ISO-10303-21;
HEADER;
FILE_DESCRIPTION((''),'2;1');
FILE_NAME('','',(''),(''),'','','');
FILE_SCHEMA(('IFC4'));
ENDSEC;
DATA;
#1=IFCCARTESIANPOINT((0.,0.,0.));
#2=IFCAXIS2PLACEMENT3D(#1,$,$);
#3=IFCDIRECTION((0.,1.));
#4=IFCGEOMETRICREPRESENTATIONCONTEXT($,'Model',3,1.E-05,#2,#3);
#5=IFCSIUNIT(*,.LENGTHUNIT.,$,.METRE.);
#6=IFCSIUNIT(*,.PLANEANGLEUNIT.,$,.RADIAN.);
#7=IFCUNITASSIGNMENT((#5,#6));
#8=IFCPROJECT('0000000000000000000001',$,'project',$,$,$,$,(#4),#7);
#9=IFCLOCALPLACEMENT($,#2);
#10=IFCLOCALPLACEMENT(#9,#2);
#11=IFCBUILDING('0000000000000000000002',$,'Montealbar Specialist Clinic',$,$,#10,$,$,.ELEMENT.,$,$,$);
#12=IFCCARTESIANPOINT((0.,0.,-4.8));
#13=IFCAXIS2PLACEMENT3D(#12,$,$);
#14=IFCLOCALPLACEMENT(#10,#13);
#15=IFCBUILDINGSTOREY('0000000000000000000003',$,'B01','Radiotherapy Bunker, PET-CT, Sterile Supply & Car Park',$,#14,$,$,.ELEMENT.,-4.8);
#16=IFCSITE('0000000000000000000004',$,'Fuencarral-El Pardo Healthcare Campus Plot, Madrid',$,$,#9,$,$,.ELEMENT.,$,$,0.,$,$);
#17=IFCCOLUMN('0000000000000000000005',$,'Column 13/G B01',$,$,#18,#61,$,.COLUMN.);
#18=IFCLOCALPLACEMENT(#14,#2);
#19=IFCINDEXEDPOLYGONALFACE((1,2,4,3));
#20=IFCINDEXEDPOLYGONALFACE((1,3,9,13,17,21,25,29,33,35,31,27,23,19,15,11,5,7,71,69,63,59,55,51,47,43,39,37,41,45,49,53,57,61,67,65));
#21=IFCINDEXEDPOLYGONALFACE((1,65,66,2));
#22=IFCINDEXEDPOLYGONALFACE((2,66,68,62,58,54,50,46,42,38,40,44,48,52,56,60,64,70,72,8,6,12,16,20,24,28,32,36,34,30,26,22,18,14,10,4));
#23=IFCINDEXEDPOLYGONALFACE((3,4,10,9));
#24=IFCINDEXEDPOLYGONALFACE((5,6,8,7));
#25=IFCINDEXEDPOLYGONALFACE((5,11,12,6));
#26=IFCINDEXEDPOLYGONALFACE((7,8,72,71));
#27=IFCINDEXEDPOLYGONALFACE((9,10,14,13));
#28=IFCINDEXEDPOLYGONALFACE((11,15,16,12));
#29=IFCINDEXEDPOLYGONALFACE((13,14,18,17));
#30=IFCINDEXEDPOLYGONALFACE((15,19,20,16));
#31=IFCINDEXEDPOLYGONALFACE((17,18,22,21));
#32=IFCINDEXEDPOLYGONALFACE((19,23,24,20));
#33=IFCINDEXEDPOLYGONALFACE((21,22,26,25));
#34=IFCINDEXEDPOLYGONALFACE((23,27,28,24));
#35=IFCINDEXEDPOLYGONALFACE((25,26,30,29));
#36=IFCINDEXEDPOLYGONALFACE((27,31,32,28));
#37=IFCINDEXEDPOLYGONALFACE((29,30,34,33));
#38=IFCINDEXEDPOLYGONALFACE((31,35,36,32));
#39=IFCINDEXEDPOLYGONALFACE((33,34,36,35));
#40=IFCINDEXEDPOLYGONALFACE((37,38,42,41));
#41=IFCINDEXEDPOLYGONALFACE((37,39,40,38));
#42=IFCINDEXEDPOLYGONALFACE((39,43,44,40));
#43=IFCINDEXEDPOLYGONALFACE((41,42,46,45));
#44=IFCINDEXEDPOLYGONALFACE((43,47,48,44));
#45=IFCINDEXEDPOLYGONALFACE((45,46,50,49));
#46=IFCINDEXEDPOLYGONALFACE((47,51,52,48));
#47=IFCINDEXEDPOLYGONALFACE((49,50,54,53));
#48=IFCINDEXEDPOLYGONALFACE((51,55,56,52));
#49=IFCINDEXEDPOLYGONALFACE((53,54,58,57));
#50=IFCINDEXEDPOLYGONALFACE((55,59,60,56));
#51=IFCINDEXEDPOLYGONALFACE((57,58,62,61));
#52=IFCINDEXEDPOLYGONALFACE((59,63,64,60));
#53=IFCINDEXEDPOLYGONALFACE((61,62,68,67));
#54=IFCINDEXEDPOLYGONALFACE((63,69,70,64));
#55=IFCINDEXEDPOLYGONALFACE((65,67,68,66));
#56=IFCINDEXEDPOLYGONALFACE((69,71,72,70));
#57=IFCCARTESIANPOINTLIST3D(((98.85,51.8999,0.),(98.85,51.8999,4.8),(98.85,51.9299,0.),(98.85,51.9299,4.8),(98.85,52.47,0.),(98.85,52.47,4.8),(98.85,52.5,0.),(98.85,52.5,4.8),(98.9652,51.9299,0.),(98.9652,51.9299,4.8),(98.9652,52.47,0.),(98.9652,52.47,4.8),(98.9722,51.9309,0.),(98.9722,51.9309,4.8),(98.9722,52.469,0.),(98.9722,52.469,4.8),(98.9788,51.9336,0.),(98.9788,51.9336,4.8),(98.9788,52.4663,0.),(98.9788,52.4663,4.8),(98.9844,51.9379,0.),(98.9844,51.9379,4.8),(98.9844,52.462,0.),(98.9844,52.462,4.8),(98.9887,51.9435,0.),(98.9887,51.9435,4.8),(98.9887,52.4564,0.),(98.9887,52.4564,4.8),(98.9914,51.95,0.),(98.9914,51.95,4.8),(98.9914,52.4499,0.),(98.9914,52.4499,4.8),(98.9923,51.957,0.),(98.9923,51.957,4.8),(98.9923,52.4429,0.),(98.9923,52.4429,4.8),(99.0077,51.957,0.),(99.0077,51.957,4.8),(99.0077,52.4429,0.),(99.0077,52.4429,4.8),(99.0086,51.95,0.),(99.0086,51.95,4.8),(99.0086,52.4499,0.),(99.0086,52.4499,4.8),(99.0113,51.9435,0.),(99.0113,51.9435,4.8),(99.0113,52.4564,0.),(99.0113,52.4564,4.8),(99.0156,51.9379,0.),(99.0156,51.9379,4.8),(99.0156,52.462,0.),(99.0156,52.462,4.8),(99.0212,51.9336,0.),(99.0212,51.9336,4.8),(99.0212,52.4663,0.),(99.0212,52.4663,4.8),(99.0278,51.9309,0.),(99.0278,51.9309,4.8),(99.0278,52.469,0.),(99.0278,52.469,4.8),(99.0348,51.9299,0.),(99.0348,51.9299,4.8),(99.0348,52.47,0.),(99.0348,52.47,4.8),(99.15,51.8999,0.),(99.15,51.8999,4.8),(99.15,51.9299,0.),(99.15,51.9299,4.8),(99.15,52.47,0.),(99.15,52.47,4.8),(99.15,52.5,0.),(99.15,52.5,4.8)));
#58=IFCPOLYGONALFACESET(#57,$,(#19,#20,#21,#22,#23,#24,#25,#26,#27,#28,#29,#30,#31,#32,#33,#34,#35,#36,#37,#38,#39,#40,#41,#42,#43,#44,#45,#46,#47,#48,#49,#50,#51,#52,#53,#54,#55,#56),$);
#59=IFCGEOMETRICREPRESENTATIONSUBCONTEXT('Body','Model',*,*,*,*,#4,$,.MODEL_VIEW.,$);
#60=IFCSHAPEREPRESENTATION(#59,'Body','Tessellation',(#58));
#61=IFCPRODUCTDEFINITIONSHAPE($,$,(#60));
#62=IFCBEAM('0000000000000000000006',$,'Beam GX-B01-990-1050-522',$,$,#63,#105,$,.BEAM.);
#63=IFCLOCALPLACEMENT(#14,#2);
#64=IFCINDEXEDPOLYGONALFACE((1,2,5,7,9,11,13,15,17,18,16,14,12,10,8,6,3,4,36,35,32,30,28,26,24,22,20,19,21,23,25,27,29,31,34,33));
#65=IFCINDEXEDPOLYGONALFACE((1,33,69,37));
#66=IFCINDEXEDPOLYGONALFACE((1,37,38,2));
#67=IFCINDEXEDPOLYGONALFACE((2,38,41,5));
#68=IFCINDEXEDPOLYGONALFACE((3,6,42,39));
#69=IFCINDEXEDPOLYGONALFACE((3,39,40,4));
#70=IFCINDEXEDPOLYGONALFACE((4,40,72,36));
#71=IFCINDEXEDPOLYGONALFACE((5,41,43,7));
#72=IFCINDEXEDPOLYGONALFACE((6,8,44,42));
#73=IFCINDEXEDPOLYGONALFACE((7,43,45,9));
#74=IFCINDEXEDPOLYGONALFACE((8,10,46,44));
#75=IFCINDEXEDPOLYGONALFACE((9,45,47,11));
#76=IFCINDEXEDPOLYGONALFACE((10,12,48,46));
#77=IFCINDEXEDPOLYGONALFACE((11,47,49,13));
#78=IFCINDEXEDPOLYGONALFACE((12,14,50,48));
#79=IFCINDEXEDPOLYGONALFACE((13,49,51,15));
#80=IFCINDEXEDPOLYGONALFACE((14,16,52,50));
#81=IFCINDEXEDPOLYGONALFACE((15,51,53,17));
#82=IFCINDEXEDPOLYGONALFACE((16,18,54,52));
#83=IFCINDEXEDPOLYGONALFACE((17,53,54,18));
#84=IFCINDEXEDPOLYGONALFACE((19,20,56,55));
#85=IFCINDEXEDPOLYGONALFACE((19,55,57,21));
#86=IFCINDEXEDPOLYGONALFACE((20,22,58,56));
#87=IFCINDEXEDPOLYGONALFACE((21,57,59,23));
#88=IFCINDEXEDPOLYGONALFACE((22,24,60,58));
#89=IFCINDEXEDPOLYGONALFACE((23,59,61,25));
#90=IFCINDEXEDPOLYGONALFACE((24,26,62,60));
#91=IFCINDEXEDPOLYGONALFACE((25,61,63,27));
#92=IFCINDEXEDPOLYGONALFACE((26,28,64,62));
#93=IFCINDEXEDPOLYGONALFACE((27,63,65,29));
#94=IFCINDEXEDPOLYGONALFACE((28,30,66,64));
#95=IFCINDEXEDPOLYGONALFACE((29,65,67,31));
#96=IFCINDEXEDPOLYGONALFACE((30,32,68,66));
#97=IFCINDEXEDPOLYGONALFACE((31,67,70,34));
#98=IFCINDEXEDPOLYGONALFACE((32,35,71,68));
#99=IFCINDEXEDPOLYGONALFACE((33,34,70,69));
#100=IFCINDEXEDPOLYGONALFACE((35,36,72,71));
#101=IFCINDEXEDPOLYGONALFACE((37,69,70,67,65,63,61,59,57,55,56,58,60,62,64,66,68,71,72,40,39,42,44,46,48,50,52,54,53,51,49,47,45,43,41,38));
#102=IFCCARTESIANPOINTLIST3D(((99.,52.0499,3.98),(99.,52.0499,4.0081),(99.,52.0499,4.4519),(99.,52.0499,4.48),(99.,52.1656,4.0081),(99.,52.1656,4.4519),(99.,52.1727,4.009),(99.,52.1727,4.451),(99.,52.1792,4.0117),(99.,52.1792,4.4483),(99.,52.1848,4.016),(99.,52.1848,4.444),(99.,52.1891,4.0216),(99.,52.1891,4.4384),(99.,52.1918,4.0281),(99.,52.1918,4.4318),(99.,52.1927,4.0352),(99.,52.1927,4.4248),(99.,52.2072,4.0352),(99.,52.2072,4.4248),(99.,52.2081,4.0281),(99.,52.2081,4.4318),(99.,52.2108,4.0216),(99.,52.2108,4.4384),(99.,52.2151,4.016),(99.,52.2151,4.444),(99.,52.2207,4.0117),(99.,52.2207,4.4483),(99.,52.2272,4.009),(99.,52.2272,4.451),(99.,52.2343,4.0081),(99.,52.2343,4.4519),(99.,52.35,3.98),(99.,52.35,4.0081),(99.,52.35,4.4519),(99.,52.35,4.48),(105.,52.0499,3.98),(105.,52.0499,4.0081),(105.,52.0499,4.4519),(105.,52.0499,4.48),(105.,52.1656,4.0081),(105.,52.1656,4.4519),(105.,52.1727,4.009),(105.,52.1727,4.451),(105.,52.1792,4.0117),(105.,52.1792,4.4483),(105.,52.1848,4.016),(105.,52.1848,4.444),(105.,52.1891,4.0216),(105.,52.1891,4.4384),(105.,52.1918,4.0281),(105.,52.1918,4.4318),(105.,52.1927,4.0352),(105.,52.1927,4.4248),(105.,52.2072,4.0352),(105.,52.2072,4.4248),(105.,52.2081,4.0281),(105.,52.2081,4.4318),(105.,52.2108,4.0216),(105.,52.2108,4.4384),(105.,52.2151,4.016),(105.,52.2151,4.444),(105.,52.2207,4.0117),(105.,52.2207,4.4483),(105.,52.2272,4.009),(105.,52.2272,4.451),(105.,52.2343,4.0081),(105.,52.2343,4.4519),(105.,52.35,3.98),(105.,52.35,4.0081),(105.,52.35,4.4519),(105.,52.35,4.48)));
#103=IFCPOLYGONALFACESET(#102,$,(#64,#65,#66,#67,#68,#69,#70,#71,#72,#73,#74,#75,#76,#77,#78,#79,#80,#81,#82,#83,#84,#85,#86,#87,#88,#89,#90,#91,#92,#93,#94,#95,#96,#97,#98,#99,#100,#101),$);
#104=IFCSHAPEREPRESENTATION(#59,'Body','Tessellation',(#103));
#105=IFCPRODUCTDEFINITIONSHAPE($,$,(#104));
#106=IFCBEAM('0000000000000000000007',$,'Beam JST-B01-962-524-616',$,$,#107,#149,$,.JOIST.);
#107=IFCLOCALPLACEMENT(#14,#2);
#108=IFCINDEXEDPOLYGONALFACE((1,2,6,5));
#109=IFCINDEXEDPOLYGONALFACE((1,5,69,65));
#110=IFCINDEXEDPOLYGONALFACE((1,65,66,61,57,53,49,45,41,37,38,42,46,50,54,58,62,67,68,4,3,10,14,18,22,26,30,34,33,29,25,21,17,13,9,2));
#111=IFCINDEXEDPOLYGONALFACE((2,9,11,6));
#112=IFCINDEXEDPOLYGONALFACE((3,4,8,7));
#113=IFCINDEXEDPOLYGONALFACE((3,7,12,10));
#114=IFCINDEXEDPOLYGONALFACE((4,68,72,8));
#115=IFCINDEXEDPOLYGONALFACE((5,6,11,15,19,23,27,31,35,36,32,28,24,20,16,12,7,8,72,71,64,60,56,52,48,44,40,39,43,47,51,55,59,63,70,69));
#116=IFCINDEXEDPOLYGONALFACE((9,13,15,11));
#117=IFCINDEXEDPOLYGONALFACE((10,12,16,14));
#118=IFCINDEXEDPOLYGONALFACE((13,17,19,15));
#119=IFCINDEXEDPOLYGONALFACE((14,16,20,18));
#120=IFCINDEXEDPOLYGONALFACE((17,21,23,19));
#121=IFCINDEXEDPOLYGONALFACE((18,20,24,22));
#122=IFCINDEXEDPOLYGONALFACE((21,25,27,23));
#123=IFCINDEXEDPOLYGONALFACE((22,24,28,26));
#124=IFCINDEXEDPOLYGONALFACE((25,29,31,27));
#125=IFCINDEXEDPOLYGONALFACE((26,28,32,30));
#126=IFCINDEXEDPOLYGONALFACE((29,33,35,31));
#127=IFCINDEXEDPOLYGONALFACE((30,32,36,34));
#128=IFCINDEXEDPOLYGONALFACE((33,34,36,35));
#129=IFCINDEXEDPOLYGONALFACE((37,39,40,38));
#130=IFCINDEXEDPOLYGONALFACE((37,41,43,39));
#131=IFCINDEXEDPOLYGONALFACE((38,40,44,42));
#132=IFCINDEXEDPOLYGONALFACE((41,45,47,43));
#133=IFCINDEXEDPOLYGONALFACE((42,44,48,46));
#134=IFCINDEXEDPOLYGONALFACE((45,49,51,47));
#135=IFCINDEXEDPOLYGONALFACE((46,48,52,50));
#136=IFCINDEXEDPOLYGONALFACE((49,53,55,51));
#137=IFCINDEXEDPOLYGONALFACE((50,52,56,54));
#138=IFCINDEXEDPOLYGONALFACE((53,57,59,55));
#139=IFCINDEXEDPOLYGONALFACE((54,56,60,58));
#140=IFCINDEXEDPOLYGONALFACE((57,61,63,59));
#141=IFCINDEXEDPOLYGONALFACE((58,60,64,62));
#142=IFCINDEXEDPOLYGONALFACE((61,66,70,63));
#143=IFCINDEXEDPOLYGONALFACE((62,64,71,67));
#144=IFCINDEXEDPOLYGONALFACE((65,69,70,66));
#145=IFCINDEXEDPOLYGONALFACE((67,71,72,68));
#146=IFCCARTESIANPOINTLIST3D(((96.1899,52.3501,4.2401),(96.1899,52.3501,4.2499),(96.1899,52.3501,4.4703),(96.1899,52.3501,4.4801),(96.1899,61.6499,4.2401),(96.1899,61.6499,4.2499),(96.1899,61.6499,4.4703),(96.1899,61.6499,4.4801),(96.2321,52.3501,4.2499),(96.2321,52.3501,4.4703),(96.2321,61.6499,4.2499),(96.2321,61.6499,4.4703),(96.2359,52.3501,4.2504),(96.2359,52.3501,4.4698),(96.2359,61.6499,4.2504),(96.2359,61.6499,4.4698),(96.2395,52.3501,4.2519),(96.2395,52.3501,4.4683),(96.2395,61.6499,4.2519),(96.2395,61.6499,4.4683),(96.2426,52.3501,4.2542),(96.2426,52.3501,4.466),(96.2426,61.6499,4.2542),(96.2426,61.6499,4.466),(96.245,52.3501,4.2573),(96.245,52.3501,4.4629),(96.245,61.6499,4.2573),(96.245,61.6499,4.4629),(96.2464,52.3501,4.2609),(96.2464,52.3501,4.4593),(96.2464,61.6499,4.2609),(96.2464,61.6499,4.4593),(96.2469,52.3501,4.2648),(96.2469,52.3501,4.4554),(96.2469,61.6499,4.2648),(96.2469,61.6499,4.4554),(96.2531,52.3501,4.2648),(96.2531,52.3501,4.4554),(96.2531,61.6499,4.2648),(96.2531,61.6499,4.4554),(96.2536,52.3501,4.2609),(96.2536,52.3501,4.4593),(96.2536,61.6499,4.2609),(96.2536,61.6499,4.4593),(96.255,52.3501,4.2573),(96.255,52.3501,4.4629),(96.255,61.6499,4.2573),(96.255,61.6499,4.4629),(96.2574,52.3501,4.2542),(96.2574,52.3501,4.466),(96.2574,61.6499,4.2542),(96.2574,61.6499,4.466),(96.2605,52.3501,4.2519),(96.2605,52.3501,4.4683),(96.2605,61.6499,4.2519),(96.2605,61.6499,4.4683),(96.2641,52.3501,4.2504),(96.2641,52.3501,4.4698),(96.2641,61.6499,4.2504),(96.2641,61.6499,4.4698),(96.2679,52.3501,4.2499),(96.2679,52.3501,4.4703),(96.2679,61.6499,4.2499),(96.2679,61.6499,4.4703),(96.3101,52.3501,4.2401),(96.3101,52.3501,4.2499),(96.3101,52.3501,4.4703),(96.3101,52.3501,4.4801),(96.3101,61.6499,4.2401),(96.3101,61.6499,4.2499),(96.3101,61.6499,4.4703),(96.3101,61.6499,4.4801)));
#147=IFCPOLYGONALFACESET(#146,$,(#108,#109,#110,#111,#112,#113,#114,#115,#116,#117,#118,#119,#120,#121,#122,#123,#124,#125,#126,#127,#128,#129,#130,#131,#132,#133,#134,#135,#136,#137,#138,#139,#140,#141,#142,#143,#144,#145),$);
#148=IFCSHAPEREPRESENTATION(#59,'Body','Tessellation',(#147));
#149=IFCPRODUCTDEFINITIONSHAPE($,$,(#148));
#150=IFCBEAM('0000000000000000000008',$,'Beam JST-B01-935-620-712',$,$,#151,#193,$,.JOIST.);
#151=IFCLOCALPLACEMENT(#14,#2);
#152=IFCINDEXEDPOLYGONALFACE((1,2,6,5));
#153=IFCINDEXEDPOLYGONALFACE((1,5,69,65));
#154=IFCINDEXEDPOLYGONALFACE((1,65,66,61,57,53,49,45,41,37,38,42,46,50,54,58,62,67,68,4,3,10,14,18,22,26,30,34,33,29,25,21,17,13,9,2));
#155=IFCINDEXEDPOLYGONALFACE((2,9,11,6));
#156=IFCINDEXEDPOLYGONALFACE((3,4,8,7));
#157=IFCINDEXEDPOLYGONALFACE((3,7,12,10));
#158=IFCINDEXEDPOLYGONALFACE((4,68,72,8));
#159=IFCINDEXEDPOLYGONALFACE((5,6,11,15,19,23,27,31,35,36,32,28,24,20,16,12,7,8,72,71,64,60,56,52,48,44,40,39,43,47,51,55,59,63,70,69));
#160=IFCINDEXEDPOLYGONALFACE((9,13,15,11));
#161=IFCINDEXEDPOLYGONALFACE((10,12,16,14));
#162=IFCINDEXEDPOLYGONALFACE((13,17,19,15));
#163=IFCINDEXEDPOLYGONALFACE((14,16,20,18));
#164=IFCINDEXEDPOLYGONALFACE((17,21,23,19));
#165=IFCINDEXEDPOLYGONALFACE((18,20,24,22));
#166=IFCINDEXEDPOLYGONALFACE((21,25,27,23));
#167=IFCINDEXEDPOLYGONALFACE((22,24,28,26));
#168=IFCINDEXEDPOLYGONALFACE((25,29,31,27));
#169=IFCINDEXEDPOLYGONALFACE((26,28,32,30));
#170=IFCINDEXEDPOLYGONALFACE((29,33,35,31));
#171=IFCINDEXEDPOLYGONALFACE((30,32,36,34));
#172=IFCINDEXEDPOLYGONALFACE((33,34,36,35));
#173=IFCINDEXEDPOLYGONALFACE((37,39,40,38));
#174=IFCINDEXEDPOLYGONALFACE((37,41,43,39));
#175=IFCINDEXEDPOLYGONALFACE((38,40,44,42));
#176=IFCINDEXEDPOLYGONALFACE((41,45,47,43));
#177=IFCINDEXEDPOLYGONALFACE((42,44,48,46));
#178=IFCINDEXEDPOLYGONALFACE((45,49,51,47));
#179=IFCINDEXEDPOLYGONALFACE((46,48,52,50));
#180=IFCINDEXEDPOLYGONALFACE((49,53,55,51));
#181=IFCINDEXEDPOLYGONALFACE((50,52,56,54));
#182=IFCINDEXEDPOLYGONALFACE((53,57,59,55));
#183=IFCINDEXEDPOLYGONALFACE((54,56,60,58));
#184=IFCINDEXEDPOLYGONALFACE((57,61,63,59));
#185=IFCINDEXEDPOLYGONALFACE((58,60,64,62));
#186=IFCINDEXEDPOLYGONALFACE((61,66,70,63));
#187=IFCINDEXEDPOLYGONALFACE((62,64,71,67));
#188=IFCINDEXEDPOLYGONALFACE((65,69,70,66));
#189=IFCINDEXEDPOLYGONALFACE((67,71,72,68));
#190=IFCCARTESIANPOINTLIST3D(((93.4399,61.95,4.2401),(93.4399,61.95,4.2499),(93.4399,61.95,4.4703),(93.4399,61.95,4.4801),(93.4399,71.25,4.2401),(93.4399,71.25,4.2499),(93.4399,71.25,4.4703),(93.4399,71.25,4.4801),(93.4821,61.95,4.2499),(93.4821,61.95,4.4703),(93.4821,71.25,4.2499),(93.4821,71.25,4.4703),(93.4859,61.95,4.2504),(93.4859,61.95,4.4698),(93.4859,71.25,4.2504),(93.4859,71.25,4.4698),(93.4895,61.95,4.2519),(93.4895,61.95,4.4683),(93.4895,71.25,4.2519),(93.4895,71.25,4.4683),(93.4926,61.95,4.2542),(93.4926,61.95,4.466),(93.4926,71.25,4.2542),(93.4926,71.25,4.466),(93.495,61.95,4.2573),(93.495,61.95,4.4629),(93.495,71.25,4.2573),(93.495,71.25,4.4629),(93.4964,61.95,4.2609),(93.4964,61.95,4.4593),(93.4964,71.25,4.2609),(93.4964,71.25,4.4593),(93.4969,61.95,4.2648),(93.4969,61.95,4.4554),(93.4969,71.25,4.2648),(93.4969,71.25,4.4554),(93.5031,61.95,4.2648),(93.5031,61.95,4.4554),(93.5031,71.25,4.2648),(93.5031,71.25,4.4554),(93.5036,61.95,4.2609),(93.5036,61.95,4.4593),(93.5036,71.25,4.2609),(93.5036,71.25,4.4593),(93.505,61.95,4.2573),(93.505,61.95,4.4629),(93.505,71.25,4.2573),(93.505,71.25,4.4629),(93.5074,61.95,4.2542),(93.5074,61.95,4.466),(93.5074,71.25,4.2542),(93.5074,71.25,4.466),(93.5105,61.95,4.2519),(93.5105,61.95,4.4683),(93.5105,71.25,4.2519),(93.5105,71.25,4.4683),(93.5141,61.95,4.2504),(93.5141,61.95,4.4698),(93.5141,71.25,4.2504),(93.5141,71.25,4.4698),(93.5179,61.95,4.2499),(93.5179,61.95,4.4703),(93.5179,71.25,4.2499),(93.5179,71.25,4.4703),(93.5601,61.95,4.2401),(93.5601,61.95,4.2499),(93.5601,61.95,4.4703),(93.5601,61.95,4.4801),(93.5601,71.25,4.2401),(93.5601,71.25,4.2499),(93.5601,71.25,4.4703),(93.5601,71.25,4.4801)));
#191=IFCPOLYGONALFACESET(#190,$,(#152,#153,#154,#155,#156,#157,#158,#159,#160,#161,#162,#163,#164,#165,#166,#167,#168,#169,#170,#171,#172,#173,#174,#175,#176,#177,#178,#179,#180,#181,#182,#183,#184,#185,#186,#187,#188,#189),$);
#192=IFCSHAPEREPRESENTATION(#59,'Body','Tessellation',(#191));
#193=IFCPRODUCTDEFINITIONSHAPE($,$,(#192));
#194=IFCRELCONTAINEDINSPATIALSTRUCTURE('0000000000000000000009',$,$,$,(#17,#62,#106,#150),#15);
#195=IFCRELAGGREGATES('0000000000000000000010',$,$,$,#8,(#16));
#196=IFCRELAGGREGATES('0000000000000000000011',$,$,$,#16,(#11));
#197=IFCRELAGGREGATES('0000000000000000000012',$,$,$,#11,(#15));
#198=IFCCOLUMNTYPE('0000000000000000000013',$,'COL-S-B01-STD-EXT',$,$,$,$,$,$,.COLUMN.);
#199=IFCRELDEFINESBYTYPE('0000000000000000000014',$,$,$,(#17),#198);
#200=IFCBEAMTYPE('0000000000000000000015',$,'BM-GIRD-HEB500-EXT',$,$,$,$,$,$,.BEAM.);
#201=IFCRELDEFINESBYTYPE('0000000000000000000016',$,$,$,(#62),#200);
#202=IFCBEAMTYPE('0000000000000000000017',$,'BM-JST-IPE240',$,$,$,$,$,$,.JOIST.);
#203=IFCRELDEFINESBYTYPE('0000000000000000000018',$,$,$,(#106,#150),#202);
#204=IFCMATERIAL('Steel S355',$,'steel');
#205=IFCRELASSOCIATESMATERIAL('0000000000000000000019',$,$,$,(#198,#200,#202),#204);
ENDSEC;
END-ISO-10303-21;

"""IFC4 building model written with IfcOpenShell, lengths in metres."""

from ifc_helpers import new_model, si_unit, direction, frame, origin, origin_2d, place, context, subcontext, project, spatial, i_section, extrude, material, material_profile, profile_set, type_object, element, save


model = new_model("IFC4")

# Units and contexts
model_context = context("Model", 3, precision=1e-05, world=origin(), true_north=direction((0.0, 1.0)))
body_context = subcontext(model_context, "Body", "Model", "MODEL_VIEW")
ifc_project = project(units=[si_unit("LENGTHUNIT", "METRE"), si_unit("PLANEANGLEUNIT", "RADIAN")], contexts=[model_context])

# Site, building, storey
site_placement = place(None, origin())
site = spatial("IfcSite", under=ifc_project, at=site_placement, Name="Fuencarral-El Pardo Healthcare Campus Plot, Madrid", CompositionType="ELEMENT", RefElevation=0.0)
building_placement = place(site_placement, origin())
building = spatial("IfcBuilding", under=site, at=building_placement, Name="Montealbar Specialist Clinic", CompositionType="ELEMENT")
storey_placement = place(building_placement, frame((0.0, 0.0, -4.8)))
storey = spatial("IfcBuildingStorey", under=building, at=storey_placement, Name="B01", Description="Radiotherapy Bunker, PET-CT, Sterile Supply & Car Park", CompositionType="ELEMENT", Elevation=-4.8)

# Column
ifc_material_1 = material(Name="Steel S355", Category="steel")
ifc_material_profile_1 = material_profile(ifc_material_1, i_section(OverallWidth=0.3, OverallDepth=0.6001, WebThickness=0.0154, FlangeThickness=0.03, FilletRadius=0.0271, at=origin_2d()), Name="HEB 600", Category="steel")
ifc_profile_set_1 = profile_set([ifc_material_profile_1], Name="Steel S355")
column_type = type_object("IfcColumnType", Name="COL-S-B01-STD-EXT", PredefinedType="COLUMN", material=ifc_profile_set_1)
column_placement = place(storey_placement, frame((99.0, 52.2, 0.0), z_axis=(0.0, 0.0, 1.0), x_axis=(1.0, 0.0, 0.0)))
element("IfcColumn", 1, at=column_placement, inside=storey, type_object=column_type, Name="Column 13/G B01", PredefinedType="COLUMN", context=body_context, shape_type="SweptSolid", body=[
    extrude(i_section(OverallWidth=0.3, OverallDepth=0.6001, WebThickness=0.0154, FlangeThickness=0.03, FilletRadius=0.0271, at=origin_2d()), origin(), (0.0, 0.0, 1.0), 4.8),
])

# Beams
ifc_material_profile_2 = material_profile(ifc_material_1, i_section(OverallWidth=0.3, OverallDepth=0.5, WebThickness=0.0144, FlangeThickness=0.0281, FilletRadius=0.0271, at=origin_2d()), Name="HEB 500", Category="steel")
ifc_profile_set_2 = profile_set([ifc_material_profile_2], Name="Steel S355")
beam_type_1 = type_object("IfcBeamType", Name="BM-GIRD-HEB500-EXT", PredefinedType="BEAM", material=ifc_profile_set_2)
beam_1_placement = place(storey_placement, frame((99.0, 52.2, 4.23), z_axis=(1.0, 0.0, 0.0), x_axis=(0.0, 1.0, 0.0)))
element("IfcBeam", 2, at=beam_1_placement, inside=storey, type_object=beam_type_1, Name="Beam GX-B01-990-1050-522", PredefinedType="BEAM", context=body_context, shape_type="SweptSolid", body=[
    extrude(i_section(OverallWidth=0.3, OverallDepth=0.5, WebThickness=0.0144, FlangeThickness=0.0281, FilletRadius=0.0271, at=origin_2d()), origin(), (0.0, 0.0, 1.0), 6.0),
])
ifc_material_profile_3 = material_profile(ifc_material_1, i_section(OverallWidth=0.1201, OverallDepth=0.24, WebThickness=0.0061, FlangeThickness=0.0098, FilletRadius=0.0149, at=origin_2d()), Name="IPE 240", Category="steel")
ifc_profile_set_3 = profile_set([ifc_material_profile_3], Name="Steel S355")
beam_type_2 = type_object("IfcBeamType", Name="BM-JST-IPE240", PredefinedType="JOIST", material=ifc_profile_set_3)
beam_2_placement = place(storey_placement, frame((96.25, 52.3501, 4.3601), z_axis=(0.0, 1.0, 0.0), x_axis=(-1.0, 0.0, 0.0)))
element("IfcBeam", 3, at=beam_2_placement, inside=storey, type_object=beam_type_2, Name="Beam JST-B01-962-524-616", PredefinedType="JOIST", context=body_context, shape_type="SweptSolid", body=[
    extrude(i_section(OverallWidth=0.1201, OverallDepth=0.24, WebThickness=0.0061, FlangeThickness=0.0098, FilletRadius=0.0149, at=origin_2d()), origin(), (0.0, 0.0, 1.0), 9.2998),
])
beam_3_placement = place(storey_placement, frame((93.5, 61.95, 4.3601), z_axis=(0.0, 1.0, 0.0), x_axis=(-1.0, 0.0, 0.0)))
element("IfcBeam", 4, at=beam_3_placement, inside=storey, type_object=beam_type_2, Name="Beam JST-B01-935-620-712", PredefinedType="JOIST", context=body_context, shape_type="SweptSolid", body=[
    extrude(i_section(OverallWidth=0.1201, OverallDepth=0.24, WebThickness=0.0061, FlangeThickness=0.0098, FilletRadius=0.0149, at=origin_2d()), origin(), (0.0, 0.0, 1.0), 9.3),
])

save(model, "model.ifc")
